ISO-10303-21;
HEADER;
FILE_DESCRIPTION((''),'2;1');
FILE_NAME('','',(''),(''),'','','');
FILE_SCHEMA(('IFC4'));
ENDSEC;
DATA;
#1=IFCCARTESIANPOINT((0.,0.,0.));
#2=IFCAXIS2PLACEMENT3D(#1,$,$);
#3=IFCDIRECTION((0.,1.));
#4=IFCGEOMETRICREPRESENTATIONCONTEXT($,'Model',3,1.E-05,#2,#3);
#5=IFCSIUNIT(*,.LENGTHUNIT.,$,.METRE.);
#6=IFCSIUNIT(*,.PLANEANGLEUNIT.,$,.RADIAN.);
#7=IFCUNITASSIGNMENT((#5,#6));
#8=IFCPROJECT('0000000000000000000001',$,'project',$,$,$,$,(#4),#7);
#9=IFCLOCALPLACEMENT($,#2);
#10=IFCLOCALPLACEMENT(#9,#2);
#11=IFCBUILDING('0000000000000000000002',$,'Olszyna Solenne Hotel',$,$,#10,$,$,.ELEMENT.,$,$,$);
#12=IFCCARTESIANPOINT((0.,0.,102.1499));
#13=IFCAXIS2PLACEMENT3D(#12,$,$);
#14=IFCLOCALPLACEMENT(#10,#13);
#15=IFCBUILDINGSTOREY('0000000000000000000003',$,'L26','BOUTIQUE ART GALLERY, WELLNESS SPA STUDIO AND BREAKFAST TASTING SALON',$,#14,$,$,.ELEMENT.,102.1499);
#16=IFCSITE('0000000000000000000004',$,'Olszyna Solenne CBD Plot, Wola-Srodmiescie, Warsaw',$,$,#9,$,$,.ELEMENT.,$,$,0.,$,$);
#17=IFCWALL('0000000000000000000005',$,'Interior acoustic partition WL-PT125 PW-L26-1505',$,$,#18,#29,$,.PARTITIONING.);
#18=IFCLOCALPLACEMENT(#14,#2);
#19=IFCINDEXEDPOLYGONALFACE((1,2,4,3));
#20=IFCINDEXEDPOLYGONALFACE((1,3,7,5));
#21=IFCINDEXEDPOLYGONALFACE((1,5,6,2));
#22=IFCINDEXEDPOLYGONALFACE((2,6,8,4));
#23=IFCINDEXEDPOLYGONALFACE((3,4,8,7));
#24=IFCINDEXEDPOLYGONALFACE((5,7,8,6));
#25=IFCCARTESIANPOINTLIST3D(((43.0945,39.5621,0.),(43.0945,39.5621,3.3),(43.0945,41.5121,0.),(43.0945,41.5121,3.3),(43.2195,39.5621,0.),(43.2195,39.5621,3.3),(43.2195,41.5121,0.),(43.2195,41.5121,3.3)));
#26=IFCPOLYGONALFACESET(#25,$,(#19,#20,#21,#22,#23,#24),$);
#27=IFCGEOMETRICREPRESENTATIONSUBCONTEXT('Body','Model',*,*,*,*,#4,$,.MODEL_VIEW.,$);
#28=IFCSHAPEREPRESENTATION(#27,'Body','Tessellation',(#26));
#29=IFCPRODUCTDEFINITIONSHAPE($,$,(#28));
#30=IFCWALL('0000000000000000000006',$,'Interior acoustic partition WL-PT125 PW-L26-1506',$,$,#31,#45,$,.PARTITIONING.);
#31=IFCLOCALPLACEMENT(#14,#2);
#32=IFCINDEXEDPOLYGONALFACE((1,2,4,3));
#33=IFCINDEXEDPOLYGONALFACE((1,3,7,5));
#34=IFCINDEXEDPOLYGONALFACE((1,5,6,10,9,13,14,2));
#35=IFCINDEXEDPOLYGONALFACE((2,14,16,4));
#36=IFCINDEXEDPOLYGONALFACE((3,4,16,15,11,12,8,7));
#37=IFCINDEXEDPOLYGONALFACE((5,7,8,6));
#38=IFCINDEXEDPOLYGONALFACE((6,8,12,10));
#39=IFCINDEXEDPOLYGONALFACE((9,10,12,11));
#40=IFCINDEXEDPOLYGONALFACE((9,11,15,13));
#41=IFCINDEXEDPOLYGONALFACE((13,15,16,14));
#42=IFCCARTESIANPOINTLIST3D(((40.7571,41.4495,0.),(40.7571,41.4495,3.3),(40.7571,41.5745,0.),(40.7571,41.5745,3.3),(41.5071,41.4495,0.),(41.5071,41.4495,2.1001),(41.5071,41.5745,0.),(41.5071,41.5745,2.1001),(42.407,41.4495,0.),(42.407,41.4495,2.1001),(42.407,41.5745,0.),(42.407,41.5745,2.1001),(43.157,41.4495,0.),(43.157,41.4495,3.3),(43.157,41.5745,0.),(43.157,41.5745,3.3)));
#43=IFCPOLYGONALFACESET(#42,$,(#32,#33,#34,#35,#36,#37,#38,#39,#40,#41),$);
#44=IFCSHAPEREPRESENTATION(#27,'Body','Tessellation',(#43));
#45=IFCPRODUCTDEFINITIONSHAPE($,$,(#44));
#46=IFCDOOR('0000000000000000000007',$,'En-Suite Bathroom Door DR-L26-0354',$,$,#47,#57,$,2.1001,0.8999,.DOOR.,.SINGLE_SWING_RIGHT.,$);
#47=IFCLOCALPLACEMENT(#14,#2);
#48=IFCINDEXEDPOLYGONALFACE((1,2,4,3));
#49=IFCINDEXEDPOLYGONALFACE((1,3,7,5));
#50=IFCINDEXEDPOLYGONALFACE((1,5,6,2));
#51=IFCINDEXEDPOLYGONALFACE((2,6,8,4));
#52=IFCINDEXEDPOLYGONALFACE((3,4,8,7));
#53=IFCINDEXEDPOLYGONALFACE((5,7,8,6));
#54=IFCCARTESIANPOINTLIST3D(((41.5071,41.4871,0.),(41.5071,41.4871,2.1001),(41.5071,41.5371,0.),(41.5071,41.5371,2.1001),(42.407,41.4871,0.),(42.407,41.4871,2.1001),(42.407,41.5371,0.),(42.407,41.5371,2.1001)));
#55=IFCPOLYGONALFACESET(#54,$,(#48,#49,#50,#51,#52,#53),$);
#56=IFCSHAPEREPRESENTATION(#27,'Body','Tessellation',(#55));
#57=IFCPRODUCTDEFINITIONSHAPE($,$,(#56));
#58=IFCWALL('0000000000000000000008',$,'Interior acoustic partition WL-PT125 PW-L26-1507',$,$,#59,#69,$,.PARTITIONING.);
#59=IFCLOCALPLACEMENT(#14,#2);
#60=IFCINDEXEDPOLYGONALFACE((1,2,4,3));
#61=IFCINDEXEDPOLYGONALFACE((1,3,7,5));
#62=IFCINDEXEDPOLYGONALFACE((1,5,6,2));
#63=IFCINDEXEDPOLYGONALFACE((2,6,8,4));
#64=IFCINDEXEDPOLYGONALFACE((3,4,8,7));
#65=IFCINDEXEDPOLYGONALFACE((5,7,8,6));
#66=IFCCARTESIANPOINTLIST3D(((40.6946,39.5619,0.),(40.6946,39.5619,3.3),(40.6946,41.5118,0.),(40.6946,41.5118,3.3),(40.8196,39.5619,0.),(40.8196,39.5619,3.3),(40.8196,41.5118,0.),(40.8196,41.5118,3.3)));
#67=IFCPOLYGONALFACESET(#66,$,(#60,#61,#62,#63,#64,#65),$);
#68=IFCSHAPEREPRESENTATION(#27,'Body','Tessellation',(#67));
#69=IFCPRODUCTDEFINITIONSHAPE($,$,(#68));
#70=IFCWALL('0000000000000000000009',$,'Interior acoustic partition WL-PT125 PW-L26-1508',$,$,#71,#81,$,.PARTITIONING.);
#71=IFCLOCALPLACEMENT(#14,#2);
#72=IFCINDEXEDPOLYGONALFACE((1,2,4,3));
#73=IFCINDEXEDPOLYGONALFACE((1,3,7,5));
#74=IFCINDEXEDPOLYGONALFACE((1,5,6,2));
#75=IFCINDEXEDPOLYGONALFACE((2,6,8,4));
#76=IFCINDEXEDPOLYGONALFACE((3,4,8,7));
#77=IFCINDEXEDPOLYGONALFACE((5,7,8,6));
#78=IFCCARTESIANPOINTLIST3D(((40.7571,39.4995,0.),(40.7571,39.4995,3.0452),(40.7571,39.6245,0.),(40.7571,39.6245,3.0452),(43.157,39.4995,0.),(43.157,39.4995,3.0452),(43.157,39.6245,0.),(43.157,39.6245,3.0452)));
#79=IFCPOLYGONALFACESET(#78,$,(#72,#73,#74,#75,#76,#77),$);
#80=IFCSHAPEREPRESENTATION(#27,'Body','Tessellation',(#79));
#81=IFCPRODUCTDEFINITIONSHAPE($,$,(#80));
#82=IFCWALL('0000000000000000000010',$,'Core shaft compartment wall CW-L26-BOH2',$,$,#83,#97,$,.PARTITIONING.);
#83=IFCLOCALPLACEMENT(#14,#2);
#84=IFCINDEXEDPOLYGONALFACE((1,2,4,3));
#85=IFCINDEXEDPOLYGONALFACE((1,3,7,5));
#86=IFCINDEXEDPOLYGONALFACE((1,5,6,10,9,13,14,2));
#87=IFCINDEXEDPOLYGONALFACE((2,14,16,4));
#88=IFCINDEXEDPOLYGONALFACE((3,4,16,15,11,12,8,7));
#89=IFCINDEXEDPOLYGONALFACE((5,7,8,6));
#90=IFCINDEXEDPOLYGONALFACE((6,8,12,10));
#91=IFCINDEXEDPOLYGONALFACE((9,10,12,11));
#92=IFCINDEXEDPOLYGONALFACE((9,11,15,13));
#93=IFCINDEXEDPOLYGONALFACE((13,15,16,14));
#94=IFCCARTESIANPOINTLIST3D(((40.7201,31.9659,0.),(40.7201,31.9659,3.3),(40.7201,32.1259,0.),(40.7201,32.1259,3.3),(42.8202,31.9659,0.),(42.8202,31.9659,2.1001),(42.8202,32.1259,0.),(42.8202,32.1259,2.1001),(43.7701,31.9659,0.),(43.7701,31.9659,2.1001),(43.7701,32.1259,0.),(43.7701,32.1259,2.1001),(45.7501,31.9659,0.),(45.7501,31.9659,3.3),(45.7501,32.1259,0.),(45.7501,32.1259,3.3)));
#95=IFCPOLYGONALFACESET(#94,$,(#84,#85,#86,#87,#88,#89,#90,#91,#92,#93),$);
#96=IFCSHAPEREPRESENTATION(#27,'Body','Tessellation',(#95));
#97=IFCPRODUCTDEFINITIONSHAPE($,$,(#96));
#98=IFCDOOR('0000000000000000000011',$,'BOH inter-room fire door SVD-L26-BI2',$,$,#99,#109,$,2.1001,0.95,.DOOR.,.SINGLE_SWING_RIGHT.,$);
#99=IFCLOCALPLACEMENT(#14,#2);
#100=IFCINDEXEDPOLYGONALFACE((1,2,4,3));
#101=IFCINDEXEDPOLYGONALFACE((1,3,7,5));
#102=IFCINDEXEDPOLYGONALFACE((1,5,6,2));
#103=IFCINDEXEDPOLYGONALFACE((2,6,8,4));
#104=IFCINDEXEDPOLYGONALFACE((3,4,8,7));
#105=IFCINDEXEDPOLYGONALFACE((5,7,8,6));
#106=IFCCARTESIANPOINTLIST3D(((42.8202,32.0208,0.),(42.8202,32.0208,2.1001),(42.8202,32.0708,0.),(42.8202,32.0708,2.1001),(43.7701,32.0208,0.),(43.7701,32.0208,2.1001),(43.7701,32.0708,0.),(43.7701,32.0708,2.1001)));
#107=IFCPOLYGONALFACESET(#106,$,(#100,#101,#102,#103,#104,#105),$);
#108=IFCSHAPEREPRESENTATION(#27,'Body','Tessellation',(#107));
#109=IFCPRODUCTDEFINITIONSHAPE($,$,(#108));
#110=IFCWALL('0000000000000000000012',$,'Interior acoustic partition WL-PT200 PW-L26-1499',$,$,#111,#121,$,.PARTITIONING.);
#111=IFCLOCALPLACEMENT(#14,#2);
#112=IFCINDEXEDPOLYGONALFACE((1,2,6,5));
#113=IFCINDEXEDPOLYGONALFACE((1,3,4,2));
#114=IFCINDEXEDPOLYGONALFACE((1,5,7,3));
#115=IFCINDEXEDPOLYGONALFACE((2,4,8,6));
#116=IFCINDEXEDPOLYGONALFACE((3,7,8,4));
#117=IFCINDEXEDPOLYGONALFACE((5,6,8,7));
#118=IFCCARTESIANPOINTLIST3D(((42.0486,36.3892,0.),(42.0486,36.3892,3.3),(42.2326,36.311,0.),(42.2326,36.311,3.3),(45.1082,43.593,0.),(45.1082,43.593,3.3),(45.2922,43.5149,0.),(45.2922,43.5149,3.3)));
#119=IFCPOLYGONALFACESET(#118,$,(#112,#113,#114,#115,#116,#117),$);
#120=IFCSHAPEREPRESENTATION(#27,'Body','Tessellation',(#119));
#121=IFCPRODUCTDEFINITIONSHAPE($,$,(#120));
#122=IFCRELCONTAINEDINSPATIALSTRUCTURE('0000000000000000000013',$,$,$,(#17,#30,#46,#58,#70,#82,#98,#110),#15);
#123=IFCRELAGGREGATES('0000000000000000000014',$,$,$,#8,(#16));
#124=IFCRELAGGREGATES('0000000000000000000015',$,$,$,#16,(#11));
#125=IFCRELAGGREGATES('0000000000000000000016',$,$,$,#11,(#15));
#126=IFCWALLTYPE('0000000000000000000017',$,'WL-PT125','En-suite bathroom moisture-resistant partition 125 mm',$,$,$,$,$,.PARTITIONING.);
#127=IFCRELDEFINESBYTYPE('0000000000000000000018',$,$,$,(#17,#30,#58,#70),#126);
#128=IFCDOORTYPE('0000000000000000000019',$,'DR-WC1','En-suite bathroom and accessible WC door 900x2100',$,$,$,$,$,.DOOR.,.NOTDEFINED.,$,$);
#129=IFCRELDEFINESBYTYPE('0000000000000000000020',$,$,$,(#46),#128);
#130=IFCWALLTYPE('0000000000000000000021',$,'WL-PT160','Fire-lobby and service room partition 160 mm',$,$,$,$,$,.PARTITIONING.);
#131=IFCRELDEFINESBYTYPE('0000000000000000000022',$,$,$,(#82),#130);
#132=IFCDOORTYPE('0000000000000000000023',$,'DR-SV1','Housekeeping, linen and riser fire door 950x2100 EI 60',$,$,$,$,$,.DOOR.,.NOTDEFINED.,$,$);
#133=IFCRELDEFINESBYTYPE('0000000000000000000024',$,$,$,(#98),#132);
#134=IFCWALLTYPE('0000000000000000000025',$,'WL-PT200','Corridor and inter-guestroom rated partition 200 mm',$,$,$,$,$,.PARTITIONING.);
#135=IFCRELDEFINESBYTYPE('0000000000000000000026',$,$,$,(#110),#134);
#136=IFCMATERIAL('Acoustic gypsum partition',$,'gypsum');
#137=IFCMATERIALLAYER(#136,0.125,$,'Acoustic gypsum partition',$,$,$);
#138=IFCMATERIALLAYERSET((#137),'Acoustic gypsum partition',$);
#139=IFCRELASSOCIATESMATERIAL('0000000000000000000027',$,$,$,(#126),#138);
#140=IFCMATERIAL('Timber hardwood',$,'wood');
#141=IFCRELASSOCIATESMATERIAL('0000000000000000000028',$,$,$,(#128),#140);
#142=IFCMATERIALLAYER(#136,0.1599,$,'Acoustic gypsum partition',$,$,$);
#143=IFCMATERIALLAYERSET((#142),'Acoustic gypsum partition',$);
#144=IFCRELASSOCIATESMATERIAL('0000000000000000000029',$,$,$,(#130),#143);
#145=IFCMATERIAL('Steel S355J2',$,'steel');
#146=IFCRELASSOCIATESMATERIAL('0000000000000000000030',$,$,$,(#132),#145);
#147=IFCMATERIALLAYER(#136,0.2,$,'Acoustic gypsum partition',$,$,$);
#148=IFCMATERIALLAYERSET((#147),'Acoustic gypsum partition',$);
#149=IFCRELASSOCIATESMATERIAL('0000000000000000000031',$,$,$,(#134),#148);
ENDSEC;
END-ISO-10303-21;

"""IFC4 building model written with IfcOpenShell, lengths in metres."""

from ifc_helpers import new_model, si_unit, direction, frame, frame_2d, origin, place, context, subcontext, project, spatial, rectangle, extrude, source, transform, mapped, material, layer, layer_set, type_object, type_shapes, element, fill, save


model = new_model("IFC4")

# Units and contexts
model_context = context("Model", 3, precision=1e-05, world=origin(), true_north=direction((0.0, 1.0)))
body_context = subcontext(model_context, "Body", "Model", "MODEL_VIEW")
ifc_project = project(units=[si_unit("LENGTHUNIT", "METRE"), si_unit("PLANEANGLEUNIT", "RADIAN")], contexts=[model_context])

# Site, building, storey
site_placement = place(None, origin())
site = spatial("IfcSite", under=ifc_project, at=site_placement, Name="Olszyna Solenne CBD Plot, Wola-Srodmiescie, Warsaw", CompositionType="ELEMENT", RefElevation=0.0)
building_placement = place(site_placement, origin())
building = spatial("IfcBuilding", under=site, at=building_placement, Name="Olszyna Solenne Hotel", CompositionType="ELEMENT")
storey_placement = place(building_placement, frame((0.0, 0.0, 102.1499)))
storey = spatial("IfcBuildingStorey", under=building, at=storey_placement, Name="L26", Description="BOUTIQUE ART GALLERY, WELLNESS SPA STUDIO AND BREAKFAST TASTING SALON", CompositionType="ELEMENT", Elevation=102.1499)

# Shared definitions
ifc_material_1 = material(Name="Steel S355J2", Category="steel")

# Shared definitions
ifc_material_2 = material(Name="Timber hardwood", Category="wood")

# Wall
ifc_material_3 = material(Name="Acoustic gypsum partition", Category="gypsum")
ifc_layer_1 = layer(ifc_material_3, 0.125, Name="Acoustic gypsum partition")
ifc_layer_set_1 = layer_set([ifc_layer_1], Name="Acoustic gypsum partition")
wall_type_1 = type_object("IfcWallType", Name="WL-PT125", Description="En-suite bathroom moisture-resistant partition 125 mm", PredefinedType="PARTITIONING", material=ifc_layer_set_1)
wall_1_placement = place(storey_placement, frame((43.157, 39.562, 0.0), z_axis=(0.0, 0.0, 1.0), x_axis=(0.0, 1.0, 0.0)))
element("IfcWall", 1, at=wall_1_placement, inside=storey, type_object=wall_type_1, Name="Interior acoustic partition WL-PT125 PW-L26-1505", PredefinedType="PARTITIONING", context=body_context, shape_type="SweptSolid", body=[
    extrude(rectangle(XDim=1.95, YDim=0.125, at=frame_2d((0.9751, 0.0))), origin(), (0.0, 0.0, 1.0), 3.3),
])

# Wall, opening, door
wall_2_placement = place(storey_placement, frame((43.157, 41.512, 0.0), z_axis=(0.0, 0.0, 1.0), x_axis=(-1.0, 0.0, 0.0)))
wall_2 = element("IfcWall", 2, at=wall_2_placement, inside=storey, type_object=wall_type_1, Name="Interior acoustic partition WL-PT125 PW-L26-1506", PredefinedType="PARTITIONING", context=body_context, shape_type="SweptSolid", body=[
    extrude(rectangle(XDim=2.3999, YDim=0.125, at=frame_2d((1.2, 0.0))), origin(), (0.0, 0.0, 1.0), 3.3),
])
opening_1_placement = place(wall_2_placement, frame((0.75, 0.0, 0.0)))
opening_1 = element("IfcOpeningElement", 3, at=opening_1_placement, cuts=wall_2, PredefinedType="OPENING", context=body_context, shape_type="SweptSolid", body=[
    extrude(rectangle(XDim=0.8999, YDim=2.1001, at=frame_2d((0.45, 1.05))), frame((0.0, 0.0725, 0.0), z_axis=(0.0, -1.0, 0.0), x_axis=(1.0, 0.0, 0.0)), (0.0, 0.0, 1.0), 0.145),
])
door_type_1 = type_object("IfcDoorType", Name="DR-WC1", Description="En-suite bathroom and accessible WC door 900x2100", OperationType="NOTDEFINED", PredefinedType="DOOR", material=ifc_material_2)
shared_shape_1 = source(origin(), body_context, "Body", "SweptSolid", [
    extrude(rectangle(XDim=0.8999, YDim=2.1001, at=frame_2d((0.45, 1.05))), frame((0.0, 0.0249, 0.0), z_axis=(0.0, -1.0, 0.0), x_axis=(1.0, 0.0, 0.0)), (0.0, 0.0, 1.0), 0.05),
])
type_shapes(door_type_1, [shared_shape_1])
door_1_placement = place(opening_1_placement, origin())
door_1 = element("IfcDoor", 4, at=door_1_placement, inside=storey, type_object=door_type_1, Name="En-Suite Bathroom Door DR-L26-0354", OperationType="SINGLE_SWING_RIGHT", OverallHeight=2.1001, OverallWidth=0.8999, PredefinedType="DOOR", context=body_context, shape_type="MappedRepresentation", body=[
    mapped(shared_shape_1, transform((0.0, 0.0, 0.0), x_axis=(1.0, 0.0, 0.0), y_axis=(0.0, 1.0, 0.0), z_axis=(0.0, 0.0, 1.0), scale=1.0)),
])
fill(opening_1, door_1)

# Walls
wall_3_placement = place(storey_placement, frame((40.7571, 41.512, 0.0), z_axis=(0.0, 0.0, 1.0), x_axis=(0.0, -1.0, 0.0)))
element("IfcWall", 5, at=wall_3_placement, inside=storey, type_object=wall_type_1, Name="Interior acoustic partition WL-PT125 PW-L26-1507", PredefinedType="PARTITIONING", context=body_context, shape_type="SweptSolid", body=[
    extrude(rectangle(XDim=1.95, YDim=0.125, at=frame_2d((0.9751, 0.0))), origin(), (0.0, 0.0, 1.0), 3.3),
])
wall_4_placement = place(storey_placement, frame((40.7571, 39.562, 0.0), z_axis=(0.0, 0.0, 1.0), x_axis=(1.0, 0.0, 0.0)))
element("IfcWall", 6, at=wall_4_placement, inside=storey, type_object=wall_type_1, Name="Interior acoustic partition WL-PT125 PW-L26-1508", PredefinedType="PARTITIONING", context=body_context, shape_type="SweptSolid", body=[
    extrude(rectangle(XDim=2.3999, YDim=0.125, at=frame_2d((1.2, 0.0))), origin(), (0.0, 0.0, 1.0), 3.0452),
])

# Wall, opening, door
ifc_layer_2 = layer(ifc_material_3, 0.1599, Name="Acoustic gypsum partition")
ifc_layer_set_2 = layer_set([ifc_layer_2], Name="Acoustic gypsum partition")
wall_type_2 = type_object("IfcWallType", Name="WL-PT160", Description="Fire-lobby and service room partition 160 mm", PredefinedType="PARTITIONING", material=ifc_layer_set_2)
wall_5_placement = place(storey_placement, frame((40.72, 32.0459, 0.0), z_axis=(0.0, 0.0, 1.0), x_axis=(1.0, 0.0, 0.0)))
wall_5 = element("IfcWall", 7, at=wall_5_placement, inside=storey, type_object=wall_type_2, Name="Core shaft compartment wall CW-L26-BOH2", PredefinedType="PARTITIONING", context=body_context, shape_type="SweptSolid", body=[
    extrude(rectangle(XDim=5.03, YDim=0.1599, at=frame_2d((2.5151, 0.0))), origin(), (0.0, 0.0, 1.0), 3.3),
])
opening_2_placement = place(wall_5_placement, frame((2.1001, 0.0, 0.0)))
opening_2 = element("IfcOpeningElement", 8, at=opening_2_placement, cuts=wall_5, PredefinedType="OPENING", context=body_context, shape_type="SweptSolid", body=[
    extrude(rectangle(XDim=0.95, YDim=2.1001, at=frame_2d((0.4751, 1.05))), frame((0.0, 0.0898, 0.0), z_axis=(0.0, -1.0, 0.0), x_axis=(1.0, 0.0, 0.0)), (0.0, 0.0, 1.0), 0.1799),
])
door_type_2 = type_object("IfcDoorType", Name="DR-SV1", Description="Housekeeping, linen and riser fire door 950x2100 EI 60", OperationType="NOTDEFINED", PredefinedType="DOOR", material=ifc_material_1)
shared_shape_2 = source(origin(), body_context, "Body", "SweptSolid", [
    extrude(rectangle(XDim=0.95, YDim=2.1001, at=frame_2d((0.4751, 1.05))), frame((0.0, 0.0249, 0.0), z_axis=(0.0, -1.0, 0.0), x_axis=(1.0, 0.0, 0.0)), (0.0, 0.0, 1.0), 0.05),
])
type_shapes(door_type_2, [shared_shape_2])
door_2_placement = place(opening_2_placement, origin())
door_2 = element("IfcDoor", 9, at=door_2_placement, inside=storey, type_object=door_type_2, Name="BOH inter-room fire door SVD-L26-BI2", OperationType="SINGLE_SWING_RIGHT", OverallHeight=2.1001, OverallWidth=0.95, PredefinedType="DOOR", context=body_context, shape_type="MappedRepresentation", body=[
    mapped(shared_shape_2, transform((0.0, 0.0, 0.0), x_axis=(1.0, 0.0, 0.0), y_axis=(0.0, 1.0, 0.0), z_axis=(0.0, 0.0, 1.0), scale=1.0)),
])
fill(opening_2, door_2)

# Wall
ifc_layer_3 = layer(ifc_material_3, 0.2, Name="Acoustic gypsum partition")
ifc_layer_set_3 = layer_set([ifc_layer_3], Name="Acoustic gypsum partition")
wall_type_3 = type_object("IfcWallType", Name="WL-PT200", Description="Corridor and inter-guestroom rated partition 200 mm", PredefinedType="PARTITIONING", material=ifc_layer_set_3)
wall_6_placement = place(storey_placement, frame((42.1406, 36.3501, 0.0), z_axis=(0.0, 0.0, 1.0), x_axis=(0.390917, 0.920426, 0.0)))
element("IfcWall", 10, at=wall_6_placement, inside=storey, type_object=wall_type_3, Name="Interior acoustic partition WL-PT200 PW-L26-1499", PredefinedType="PARTITIONING", context=body_context, shape_type="SweptSolid", body=[
    extrude(rectangle(XDim=7.8267, YDim=0.2, at=frame_2d((3.9133, 0.0))), origin(), (0.0, 0.0, 1.0), 3.3),
])

save(model, "model.ifc")
